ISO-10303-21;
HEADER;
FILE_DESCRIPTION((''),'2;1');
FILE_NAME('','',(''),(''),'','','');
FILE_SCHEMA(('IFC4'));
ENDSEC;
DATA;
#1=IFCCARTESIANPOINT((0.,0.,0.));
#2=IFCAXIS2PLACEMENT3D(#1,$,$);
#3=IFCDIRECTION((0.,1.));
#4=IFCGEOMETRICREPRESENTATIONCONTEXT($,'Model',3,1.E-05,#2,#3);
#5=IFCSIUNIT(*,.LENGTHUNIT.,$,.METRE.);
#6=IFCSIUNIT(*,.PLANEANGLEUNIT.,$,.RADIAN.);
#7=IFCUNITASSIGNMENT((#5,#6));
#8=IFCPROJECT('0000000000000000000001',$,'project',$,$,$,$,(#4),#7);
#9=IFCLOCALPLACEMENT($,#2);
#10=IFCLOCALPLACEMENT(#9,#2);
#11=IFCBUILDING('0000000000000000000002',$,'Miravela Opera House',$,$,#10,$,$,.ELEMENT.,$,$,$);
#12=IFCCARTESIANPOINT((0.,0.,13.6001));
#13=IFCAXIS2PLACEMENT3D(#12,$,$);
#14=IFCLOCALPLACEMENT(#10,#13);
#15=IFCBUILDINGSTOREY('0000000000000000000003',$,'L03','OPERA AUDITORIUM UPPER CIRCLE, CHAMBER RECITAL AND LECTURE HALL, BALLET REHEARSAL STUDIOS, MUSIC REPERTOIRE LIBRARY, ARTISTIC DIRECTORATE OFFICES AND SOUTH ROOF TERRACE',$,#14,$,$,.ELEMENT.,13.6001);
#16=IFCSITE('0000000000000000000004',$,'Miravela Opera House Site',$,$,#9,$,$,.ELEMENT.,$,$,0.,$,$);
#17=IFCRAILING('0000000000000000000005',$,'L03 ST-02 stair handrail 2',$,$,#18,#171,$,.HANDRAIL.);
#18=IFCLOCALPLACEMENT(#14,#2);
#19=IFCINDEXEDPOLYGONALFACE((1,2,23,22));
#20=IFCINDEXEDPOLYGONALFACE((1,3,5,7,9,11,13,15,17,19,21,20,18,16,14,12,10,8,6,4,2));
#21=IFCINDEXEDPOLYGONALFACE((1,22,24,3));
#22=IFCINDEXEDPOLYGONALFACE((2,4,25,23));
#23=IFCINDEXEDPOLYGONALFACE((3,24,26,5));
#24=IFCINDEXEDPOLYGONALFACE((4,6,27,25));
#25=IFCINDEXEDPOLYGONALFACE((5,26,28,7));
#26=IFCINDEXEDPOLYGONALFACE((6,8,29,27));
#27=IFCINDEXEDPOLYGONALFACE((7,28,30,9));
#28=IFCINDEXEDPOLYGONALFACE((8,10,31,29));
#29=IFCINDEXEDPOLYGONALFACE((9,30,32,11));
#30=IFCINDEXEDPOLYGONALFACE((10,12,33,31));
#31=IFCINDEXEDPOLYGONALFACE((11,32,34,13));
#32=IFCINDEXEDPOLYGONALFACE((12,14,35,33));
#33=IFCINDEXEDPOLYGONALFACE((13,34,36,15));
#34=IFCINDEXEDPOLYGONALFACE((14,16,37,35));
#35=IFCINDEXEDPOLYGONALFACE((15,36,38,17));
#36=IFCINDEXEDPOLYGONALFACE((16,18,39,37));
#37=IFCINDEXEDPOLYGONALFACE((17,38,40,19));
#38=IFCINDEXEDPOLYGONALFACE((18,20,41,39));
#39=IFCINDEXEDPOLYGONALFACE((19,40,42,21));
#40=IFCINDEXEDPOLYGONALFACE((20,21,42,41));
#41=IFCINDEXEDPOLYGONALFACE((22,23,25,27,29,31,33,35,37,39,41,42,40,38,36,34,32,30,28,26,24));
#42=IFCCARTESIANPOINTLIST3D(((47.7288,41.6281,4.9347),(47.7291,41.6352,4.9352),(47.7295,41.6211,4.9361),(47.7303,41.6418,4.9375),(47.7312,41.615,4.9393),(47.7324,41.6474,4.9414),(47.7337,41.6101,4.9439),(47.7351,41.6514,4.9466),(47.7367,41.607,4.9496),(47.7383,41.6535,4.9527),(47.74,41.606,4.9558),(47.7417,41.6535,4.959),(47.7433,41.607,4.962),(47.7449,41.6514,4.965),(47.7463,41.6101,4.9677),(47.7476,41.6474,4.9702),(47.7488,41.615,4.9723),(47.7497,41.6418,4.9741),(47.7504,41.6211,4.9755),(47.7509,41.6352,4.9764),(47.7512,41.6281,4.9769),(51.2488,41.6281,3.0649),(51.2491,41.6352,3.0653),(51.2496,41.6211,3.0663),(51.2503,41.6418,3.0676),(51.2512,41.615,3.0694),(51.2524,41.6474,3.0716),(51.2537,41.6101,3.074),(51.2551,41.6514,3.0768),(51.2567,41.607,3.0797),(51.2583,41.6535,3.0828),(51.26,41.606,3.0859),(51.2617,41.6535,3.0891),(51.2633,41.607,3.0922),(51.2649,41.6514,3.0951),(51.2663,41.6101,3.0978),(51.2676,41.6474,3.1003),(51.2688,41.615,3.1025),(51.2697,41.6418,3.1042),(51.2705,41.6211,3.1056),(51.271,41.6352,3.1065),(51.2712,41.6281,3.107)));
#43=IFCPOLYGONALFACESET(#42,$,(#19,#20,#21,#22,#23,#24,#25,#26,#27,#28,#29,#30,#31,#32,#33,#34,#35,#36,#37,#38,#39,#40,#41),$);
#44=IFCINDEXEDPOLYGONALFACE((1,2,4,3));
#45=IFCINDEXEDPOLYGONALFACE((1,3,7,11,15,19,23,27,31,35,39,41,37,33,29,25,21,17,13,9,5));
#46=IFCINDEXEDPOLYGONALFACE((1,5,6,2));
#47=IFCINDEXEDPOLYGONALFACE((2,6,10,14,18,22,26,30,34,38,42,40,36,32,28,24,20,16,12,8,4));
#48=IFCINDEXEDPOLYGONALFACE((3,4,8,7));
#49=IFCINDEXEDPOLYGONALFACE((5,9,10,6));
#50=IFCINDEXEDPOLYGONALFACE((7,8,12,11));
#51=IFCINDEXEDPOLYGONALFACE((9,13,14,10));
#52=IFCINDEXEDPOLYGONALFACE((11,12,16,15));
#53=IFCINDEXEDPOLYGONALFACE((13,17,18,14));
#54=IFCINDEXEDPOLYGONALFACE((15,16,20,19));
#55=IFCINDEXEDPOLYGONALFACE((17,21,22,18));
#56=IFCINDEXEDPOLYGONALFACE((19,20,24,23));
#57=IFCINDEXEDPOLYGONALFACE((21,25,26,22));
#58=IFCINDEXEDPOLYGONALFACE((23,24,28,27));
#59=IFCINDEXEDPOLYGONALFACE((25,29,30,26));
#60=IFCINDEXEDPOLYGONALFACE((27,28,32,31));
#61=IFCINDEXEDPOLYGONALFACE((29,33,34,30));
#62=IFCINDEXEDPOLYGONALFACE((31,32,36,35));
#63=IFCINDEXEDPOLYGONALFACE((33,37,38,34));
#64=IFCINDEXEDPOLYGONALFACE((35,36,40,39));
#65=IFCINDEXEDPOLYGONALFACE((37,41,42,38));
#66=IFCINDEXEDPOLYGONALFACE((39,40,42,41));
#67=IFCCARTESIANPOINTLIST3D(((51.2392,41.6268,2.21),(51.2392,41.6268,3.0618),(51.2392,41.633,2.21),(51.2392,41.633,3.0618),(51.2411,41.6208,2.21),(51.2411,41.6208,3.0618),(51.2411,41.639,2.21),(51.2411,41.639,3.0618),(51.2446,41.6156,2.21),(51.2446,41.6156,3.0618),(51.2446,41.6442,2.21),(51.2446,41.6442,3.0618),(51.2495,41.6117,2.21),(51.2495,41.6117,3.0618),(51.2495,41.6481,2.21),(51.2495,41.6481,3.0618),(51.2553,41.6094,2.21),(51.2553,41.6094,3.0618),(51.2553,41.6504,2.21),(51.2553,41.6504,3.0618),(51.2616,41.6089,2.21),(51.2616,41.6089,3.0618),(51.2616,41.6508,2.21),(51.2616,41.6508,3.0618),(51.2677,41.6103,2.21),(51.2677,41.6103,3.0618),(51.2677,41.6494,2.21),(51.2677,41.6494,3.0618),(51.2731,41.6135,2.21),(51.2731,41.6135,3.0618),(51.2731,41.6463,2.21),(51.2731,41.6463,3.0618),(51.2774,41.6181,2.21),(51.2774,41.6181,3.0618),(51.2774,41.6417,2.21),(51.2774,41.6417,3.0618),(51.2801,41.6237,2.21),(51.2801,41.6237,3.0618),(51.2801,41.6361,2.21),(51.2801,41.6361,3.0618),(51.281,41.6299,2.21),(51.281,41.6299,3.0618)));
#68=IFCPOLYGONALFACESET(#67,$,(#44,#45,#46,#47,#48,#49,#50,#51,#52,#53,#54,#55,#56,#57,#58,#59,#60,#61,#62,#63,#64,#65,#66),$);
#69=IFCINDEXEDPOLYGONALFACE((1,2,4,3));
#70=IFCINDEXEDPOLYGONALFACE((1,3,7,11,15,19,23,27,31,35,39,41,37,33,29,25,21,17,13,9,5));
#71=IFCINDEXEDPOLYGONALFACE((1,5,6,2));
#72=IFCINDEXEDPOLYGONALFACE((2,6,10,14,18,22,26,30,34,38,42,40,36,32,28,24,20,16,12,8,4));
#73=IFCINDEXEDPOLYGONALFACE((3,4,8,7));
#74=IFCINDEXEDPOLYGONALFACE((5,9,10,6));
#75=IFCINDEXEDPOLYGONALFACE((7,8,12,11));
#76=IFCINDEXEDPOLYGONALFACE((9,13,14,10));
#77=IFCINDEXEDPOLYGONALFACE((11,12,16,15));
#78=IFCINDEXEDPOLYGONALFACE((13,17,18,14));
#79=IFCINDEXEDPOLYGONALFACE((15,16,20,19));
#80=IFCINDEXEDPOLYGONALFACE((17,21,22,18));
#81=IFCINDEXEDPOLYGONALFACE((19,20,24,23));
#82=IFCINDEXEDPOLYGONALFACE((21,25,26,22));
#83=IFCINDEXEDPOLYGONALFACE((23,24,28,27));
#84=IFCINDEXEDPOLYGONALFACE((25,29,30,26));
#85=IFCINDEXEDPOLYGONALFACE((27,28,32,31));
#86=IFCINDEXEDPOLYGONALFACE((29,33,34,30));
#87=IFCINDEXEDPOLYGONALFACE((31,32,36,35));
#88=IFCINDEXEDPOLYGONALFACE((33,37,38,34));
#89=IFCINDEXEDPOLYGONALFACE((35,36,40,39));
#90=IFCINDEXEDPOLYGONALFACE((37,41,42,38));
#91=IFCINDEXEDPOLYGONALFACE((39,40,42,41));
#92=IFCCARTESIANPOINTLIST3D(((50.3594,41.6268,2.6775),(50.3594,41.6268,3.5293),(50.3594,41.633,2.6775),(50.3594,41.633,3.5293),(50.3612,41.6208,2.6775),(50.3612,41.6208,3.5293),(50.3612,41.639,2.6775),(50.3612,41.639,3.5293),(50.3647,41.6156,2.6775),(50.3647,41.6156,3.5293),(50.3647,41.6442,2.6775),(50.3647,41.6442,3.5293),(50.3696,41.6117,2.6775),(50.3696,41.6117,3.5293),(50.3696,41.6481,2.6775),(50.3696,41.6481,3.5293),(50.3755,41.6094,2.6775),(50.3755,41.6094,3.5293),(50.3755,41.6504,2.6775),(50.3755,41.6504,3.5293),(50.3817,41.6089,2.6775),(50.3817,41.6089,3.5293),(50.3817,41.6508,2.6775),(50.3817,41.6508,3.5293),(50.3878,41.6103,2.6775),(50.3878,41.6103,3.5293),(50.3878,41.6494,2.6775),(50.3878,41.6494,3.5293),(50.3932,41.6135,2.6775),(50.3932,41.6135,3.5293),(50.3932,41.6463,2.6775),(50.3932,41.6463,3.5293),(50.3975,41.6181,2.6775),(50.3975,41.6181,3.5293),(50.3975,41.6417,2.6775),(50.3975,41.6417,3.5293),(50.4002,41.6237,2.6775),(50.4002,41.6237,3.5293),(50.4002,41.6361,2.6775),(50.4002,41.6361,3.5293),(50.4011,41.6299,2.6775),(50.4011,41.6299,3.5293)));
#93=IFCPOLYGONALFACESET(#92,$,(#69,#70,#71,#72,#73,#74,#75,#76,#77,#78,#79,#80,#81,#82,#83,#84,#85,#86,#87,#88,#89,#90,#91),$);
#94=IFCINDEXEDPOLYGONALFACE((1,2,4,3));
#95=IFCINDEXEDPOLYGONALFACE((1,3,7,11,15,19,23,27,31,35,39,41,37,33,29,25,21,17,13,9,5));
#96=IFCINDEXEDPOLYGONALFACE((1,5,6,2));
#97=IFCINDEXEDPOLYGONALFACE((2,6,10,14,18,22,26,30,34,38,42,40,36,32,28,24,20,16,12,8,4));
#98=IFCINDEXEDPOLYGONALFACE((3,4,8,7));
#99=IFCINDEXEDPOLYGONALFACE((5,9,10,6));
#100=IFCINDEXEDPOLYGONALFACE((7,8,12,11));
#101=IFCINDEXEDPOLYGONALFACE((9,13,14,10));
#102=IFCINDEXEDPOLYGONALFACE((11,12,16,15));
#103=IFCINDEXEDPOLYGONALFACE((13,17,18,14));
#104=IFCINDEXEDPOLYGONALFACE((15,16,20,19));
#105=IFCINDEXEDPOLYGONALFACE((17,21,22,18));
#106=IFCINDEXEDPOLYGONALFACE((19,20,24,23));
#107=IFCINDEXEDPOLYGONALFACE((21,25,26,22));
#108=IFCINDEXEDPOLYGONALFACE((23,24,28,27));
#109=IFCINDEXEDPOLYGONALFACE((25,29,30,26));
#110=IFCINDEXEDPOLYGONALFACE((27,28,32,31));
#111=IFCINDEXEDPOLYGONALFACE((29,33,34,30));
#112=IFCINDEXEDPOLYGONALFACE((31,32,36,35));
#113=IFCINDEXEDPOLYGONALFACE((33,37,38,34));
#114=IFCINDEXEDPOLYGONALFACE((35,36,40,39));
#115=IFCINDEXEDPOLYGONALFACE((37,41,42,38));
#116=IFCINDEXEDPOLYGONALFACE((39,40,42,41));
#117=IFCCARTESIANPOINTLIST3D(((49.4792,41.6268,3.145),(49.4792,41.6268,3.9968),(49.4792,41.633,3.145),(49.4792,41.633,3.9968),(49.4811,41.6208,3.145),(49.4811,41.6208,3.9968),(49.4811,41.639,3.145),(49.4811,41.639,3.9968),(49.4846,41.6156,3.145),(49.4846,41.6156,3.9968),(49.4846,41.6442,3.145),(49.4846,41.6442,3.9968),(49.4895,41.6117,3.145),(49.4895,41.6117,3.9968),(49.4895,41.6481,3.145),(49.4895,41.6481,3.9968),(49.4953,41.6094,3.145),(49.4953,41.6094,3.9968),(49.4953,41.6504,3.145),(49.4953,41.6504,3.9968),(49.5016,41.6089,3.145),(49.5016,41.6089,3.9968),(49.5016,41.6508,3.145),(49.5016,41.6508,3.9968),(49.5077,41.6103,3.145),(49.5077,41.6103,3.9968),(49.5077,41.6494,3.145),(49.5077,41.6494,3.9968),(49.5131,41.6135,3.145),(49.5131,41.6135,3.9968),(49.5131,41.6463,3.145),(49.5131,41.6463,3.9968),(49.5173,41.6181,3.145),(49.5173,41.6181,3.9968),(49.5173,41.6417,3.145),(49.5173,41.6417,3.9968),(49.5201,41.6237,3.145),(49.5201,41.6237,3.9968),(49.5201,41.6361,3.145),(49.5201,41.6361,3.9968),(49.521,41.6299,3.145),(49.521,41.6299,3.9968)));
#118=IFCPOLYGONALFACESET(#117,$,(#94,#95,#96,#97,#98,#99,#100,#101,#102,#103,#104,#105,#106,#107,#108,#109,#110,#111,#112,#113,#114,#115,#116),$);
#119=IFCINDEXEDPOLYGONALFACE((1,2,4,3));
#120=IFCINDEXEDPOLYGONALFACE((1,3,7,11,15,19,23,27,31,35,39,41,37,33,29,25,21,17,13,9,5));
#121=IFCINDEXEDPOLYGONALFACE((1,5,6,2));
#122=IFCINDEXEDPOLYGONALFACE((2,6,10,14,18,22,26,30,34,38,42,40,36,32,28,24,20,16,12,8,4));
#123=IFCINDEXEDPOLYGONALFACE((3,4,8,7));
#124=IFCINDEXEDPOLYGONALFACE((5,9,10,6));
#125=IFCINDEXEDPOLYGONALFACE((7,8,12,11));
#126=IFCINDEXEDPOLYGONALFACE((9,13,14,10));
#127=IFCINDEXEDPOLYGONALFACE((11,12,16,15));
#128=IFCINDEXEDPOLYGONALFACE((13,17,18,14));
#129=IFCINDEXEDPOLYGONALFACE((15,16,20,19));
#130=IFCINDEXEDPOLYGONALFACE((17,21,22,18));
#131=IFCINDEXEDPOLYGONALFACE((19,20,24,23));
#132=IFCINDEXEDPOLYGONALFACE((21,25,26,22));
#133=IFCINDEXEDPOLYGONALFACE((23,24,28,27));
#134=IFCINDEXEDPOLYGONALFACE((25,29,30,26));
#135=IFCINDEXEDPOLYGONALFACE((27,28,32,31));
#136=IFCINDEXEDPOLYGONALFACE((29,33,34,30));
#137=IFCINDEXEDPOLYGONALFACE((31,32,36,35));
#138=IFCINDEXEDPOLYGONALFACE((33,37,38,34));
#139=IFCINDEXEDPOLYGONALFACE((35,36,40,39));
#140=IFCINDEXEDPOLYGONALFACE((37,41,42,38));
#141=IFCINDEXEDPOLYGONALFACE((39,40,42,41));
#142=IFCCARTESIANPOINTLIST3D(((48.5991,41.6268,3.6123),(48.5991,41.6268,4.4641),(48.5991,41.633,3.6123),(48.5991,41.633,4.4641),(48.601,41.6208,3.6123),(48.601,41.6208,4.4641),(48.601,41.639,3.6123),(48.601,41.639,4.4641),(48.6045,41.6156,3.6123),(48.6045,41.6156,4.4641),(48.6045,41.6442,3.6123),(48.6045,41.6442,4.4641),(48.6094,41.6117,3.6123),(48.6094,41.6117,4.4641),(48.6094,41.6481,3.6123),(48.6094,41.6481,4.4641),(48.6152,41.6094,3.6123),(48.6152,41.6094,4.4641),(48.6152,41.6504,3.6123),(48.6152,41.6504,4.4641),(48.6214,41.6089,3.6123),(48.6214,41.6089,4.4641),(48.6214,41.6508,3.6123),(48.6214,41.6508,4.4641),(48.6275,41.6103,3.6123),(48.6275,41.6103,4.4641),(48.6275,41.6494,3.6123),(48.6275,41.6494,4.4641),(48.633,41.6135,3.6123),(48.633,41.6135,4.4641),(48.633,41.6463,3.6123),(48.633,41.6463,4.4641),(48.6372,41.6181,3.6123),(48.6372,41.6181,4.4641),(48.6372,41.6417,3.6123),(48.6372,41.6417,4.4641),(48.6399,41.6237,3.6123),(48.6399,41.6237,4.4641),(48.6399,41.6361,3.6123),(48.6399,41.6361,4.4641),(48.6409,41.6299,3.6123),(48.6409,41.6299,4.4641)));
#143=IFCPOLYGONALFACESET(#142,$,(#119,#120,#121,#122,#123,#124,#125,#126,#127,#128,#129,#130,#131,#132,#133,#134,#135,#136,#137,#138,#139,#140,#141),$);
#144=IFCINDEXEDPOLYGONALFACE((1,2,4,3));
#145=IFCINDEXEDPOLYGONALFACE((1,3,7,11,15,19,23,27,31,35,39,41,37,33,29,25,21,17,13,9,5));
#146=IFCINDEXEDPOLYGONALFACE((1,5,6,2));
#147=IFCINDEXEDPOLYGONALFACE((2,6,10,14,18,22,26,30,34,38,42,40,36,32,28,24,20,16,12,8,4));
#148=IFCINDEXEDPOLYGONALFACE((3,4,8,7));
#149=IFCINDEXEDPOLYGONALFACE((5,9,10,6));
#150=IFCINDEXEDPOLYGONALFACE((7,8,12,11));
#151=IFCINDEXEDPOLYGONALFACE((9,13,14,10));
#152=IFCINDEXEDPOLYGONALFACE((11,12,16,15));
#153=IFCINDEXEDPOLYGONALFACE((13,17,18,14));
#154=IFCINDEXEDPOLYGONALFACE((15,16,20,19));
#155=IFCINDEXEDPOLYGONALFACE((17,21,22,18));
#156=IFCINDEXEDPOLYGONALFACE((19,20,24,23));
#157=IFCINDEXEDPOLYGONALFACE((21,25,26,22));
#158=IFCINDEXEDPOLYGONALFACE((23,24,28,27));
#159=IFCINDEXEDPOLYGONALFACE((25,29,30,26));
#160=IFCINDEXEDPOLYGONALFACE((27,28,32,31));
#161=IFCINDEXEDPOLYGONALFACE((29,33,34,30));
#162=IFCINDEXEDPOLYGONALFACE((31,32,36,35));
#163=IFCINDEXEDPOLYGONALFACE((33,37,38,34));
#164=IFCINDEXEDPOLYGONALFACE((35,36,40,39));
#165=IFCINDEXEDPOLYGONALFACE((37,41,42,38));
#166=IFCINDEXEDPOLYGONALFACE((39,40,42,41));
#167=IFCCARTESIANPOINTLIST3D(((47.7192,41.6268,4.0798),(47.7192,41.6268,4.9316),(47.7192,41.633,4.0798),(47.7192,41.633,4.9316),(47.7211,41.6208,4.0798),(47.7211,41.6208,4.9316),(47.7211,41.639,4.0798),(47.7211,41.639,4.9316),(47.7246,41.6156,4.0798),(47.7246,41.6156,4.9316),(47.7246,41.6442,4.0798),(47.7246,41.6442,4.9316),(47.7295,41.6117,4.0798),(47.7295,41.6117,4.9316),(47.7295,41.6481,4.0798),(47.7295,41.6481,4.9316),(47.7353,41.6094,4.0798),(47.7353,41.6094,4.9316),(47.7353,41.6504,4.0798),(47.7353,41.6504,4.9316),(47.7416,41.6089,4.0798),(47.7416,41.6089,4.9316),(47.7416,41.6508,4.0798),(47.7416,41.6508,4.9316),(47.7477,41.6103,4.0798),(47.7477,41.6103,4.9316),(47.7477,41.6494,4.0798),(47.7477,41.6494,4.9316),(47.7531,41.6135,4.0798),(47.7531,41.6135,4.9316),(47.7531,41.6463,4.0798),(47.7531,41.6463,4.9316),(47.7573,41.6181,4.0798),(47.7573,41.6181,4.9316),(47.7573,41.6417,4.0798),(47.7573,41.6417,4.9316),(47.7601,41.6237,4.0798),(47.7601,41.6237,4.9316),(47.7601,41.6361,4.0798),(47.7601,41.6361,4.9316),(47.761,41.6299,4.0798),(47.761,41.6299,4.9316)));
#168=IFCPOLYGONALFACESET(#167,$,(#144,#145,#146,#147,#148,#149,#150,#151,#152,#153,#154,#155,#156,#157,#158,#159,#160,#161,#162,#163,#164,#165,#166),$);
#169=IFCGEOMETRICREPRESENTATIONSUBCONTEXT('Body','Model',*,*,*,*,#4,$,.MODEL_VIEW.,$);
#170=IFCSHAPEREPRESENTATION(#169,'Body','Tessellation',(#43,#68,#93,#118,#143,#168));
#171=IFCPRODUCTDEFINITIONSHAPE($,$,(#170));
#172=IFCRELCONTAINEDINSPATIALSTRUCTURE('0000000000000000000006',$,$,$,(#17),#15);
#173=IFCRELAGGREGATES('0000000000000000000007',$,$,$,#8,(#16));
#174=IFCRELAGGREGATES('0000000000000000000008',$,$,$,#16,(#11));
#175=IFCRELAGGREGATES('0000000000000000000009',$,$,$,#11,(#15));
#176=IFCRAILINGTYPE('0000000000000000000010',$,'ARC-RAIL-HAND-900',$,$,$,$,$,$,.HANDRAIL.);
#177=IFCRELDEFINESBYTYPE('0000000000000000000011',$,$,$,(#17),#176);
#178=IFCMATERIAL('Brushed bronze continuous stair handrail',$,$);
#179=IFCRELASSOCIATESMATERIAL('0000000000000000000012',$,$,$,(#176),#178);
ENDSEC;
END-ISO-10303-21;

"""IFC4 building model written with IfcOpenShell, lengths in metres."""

from ifc_helpers import new_model, si_unit, direction, frame, origin, origin_2d, place, context, subcontext, project, spatial, circle, extrude, material, type_object, element, save


model = new_model("IFC4")

# Units and contexts
model_context = context("Model", 3, precision=1e-05, world=origin(), true_north=direction((0.0, 1.0)))
body_context = subcontext(model_context, "Body", "Model", "MODEL_VIEW")
ifc_project = project(units=[si_unit("LENGTHUNIT", "METRE"), si_unit("PLANEANGLEUNIT", "RADIAN")], contexts=[model_context])

# Site, building, storey
site_placement = place(None, origin())
site = spatial("IfcSite", under=ifc_project, at=site_placement, Name="Miravela Opera House Site", CompositionType="ELEMENT", RefElevation=0.0)
building_placement = place(site_placement, origin())
building = spatial("IfcBuilding", under=site, at=building_placement, Name="Miravela Opera House", CompositionType="ELEMENT")
storey_placement = place(building_placement, frame((0.0, 0.0, 13.6001)))
storey = spatial("IfcBuildingStorey", under=building, at=storey_placement, Name="L03", Description="OPERA AUDITORIUM UPPER CIRCLE, CHAMBER RECITAL AND LECTURE HALL, BALLET REHEARSAL STUDIOS, MUSIC REPERTOIRE LIBRARY, ARTISTIC DIRECTORATE OFFICES AND SOUTH ROOF TERRACE", CompositionType="ELEMENT", Elevation=13.6001)

# Railing
ifc_material_1 = material(Name="Brushed bronze continuous stair handrail")
railing_type_1 = type_object("IfcRailingType", Name="ARC-RAIL-HAND-900", PredefinedType="HANDRAIL", material=ifc_material_1)
railing_1_placement = place(storey_placement, frame((51.26, 41.6299, 2.21)))
element("IfcRailing", 1, at=railing_1_placement, inside=storey, type_object=railing_type_1, Name="L03 ST-02 stair handrail 2", PredefinedType="HANDRAIL", context=body_context, shape_type="SweptSolid", body=[
    extrude(circle(Radius=0.0239, at=origin_2d()), frame((0.0, 0.0, 0.876), z_axis=(-0.88313, 0.0, 0.469128), x_axis=(0.0, -1.0, 0.0)), (0.0, 0.0, 1.0), 3.9858),
    extrude(circle(Radius=0.021, at=origin_2d()), origin(), (0.0, 0.0, 1.0), 0.8518),
    extrude(circle(Radius=0.021, at=origin_2d()), frame((-0.8799, 0.0, 0.4675)), (0.0, 0.0, 1.0), 0.8518),
    extrude(circle(Radius=0.021, at=origin_2d()), frame((-1.76, 0.0, 0.9351)), (0.0, 0.0, 1.0), 0.8518),
    extrude(circle(Radius=0.021, at=origin_2d()), frame((-2.6401, 0.0, 1.4023)), (0.0, 0.0, 1.0), 0.8518),
    extrude(circle(Radius=0.021, at=origin_2d()), frame((-3.52, 0.0, 1.8699)), (0.0, 0.0, 1.0), 0.8518),
])

save(model, "model.ifc")
